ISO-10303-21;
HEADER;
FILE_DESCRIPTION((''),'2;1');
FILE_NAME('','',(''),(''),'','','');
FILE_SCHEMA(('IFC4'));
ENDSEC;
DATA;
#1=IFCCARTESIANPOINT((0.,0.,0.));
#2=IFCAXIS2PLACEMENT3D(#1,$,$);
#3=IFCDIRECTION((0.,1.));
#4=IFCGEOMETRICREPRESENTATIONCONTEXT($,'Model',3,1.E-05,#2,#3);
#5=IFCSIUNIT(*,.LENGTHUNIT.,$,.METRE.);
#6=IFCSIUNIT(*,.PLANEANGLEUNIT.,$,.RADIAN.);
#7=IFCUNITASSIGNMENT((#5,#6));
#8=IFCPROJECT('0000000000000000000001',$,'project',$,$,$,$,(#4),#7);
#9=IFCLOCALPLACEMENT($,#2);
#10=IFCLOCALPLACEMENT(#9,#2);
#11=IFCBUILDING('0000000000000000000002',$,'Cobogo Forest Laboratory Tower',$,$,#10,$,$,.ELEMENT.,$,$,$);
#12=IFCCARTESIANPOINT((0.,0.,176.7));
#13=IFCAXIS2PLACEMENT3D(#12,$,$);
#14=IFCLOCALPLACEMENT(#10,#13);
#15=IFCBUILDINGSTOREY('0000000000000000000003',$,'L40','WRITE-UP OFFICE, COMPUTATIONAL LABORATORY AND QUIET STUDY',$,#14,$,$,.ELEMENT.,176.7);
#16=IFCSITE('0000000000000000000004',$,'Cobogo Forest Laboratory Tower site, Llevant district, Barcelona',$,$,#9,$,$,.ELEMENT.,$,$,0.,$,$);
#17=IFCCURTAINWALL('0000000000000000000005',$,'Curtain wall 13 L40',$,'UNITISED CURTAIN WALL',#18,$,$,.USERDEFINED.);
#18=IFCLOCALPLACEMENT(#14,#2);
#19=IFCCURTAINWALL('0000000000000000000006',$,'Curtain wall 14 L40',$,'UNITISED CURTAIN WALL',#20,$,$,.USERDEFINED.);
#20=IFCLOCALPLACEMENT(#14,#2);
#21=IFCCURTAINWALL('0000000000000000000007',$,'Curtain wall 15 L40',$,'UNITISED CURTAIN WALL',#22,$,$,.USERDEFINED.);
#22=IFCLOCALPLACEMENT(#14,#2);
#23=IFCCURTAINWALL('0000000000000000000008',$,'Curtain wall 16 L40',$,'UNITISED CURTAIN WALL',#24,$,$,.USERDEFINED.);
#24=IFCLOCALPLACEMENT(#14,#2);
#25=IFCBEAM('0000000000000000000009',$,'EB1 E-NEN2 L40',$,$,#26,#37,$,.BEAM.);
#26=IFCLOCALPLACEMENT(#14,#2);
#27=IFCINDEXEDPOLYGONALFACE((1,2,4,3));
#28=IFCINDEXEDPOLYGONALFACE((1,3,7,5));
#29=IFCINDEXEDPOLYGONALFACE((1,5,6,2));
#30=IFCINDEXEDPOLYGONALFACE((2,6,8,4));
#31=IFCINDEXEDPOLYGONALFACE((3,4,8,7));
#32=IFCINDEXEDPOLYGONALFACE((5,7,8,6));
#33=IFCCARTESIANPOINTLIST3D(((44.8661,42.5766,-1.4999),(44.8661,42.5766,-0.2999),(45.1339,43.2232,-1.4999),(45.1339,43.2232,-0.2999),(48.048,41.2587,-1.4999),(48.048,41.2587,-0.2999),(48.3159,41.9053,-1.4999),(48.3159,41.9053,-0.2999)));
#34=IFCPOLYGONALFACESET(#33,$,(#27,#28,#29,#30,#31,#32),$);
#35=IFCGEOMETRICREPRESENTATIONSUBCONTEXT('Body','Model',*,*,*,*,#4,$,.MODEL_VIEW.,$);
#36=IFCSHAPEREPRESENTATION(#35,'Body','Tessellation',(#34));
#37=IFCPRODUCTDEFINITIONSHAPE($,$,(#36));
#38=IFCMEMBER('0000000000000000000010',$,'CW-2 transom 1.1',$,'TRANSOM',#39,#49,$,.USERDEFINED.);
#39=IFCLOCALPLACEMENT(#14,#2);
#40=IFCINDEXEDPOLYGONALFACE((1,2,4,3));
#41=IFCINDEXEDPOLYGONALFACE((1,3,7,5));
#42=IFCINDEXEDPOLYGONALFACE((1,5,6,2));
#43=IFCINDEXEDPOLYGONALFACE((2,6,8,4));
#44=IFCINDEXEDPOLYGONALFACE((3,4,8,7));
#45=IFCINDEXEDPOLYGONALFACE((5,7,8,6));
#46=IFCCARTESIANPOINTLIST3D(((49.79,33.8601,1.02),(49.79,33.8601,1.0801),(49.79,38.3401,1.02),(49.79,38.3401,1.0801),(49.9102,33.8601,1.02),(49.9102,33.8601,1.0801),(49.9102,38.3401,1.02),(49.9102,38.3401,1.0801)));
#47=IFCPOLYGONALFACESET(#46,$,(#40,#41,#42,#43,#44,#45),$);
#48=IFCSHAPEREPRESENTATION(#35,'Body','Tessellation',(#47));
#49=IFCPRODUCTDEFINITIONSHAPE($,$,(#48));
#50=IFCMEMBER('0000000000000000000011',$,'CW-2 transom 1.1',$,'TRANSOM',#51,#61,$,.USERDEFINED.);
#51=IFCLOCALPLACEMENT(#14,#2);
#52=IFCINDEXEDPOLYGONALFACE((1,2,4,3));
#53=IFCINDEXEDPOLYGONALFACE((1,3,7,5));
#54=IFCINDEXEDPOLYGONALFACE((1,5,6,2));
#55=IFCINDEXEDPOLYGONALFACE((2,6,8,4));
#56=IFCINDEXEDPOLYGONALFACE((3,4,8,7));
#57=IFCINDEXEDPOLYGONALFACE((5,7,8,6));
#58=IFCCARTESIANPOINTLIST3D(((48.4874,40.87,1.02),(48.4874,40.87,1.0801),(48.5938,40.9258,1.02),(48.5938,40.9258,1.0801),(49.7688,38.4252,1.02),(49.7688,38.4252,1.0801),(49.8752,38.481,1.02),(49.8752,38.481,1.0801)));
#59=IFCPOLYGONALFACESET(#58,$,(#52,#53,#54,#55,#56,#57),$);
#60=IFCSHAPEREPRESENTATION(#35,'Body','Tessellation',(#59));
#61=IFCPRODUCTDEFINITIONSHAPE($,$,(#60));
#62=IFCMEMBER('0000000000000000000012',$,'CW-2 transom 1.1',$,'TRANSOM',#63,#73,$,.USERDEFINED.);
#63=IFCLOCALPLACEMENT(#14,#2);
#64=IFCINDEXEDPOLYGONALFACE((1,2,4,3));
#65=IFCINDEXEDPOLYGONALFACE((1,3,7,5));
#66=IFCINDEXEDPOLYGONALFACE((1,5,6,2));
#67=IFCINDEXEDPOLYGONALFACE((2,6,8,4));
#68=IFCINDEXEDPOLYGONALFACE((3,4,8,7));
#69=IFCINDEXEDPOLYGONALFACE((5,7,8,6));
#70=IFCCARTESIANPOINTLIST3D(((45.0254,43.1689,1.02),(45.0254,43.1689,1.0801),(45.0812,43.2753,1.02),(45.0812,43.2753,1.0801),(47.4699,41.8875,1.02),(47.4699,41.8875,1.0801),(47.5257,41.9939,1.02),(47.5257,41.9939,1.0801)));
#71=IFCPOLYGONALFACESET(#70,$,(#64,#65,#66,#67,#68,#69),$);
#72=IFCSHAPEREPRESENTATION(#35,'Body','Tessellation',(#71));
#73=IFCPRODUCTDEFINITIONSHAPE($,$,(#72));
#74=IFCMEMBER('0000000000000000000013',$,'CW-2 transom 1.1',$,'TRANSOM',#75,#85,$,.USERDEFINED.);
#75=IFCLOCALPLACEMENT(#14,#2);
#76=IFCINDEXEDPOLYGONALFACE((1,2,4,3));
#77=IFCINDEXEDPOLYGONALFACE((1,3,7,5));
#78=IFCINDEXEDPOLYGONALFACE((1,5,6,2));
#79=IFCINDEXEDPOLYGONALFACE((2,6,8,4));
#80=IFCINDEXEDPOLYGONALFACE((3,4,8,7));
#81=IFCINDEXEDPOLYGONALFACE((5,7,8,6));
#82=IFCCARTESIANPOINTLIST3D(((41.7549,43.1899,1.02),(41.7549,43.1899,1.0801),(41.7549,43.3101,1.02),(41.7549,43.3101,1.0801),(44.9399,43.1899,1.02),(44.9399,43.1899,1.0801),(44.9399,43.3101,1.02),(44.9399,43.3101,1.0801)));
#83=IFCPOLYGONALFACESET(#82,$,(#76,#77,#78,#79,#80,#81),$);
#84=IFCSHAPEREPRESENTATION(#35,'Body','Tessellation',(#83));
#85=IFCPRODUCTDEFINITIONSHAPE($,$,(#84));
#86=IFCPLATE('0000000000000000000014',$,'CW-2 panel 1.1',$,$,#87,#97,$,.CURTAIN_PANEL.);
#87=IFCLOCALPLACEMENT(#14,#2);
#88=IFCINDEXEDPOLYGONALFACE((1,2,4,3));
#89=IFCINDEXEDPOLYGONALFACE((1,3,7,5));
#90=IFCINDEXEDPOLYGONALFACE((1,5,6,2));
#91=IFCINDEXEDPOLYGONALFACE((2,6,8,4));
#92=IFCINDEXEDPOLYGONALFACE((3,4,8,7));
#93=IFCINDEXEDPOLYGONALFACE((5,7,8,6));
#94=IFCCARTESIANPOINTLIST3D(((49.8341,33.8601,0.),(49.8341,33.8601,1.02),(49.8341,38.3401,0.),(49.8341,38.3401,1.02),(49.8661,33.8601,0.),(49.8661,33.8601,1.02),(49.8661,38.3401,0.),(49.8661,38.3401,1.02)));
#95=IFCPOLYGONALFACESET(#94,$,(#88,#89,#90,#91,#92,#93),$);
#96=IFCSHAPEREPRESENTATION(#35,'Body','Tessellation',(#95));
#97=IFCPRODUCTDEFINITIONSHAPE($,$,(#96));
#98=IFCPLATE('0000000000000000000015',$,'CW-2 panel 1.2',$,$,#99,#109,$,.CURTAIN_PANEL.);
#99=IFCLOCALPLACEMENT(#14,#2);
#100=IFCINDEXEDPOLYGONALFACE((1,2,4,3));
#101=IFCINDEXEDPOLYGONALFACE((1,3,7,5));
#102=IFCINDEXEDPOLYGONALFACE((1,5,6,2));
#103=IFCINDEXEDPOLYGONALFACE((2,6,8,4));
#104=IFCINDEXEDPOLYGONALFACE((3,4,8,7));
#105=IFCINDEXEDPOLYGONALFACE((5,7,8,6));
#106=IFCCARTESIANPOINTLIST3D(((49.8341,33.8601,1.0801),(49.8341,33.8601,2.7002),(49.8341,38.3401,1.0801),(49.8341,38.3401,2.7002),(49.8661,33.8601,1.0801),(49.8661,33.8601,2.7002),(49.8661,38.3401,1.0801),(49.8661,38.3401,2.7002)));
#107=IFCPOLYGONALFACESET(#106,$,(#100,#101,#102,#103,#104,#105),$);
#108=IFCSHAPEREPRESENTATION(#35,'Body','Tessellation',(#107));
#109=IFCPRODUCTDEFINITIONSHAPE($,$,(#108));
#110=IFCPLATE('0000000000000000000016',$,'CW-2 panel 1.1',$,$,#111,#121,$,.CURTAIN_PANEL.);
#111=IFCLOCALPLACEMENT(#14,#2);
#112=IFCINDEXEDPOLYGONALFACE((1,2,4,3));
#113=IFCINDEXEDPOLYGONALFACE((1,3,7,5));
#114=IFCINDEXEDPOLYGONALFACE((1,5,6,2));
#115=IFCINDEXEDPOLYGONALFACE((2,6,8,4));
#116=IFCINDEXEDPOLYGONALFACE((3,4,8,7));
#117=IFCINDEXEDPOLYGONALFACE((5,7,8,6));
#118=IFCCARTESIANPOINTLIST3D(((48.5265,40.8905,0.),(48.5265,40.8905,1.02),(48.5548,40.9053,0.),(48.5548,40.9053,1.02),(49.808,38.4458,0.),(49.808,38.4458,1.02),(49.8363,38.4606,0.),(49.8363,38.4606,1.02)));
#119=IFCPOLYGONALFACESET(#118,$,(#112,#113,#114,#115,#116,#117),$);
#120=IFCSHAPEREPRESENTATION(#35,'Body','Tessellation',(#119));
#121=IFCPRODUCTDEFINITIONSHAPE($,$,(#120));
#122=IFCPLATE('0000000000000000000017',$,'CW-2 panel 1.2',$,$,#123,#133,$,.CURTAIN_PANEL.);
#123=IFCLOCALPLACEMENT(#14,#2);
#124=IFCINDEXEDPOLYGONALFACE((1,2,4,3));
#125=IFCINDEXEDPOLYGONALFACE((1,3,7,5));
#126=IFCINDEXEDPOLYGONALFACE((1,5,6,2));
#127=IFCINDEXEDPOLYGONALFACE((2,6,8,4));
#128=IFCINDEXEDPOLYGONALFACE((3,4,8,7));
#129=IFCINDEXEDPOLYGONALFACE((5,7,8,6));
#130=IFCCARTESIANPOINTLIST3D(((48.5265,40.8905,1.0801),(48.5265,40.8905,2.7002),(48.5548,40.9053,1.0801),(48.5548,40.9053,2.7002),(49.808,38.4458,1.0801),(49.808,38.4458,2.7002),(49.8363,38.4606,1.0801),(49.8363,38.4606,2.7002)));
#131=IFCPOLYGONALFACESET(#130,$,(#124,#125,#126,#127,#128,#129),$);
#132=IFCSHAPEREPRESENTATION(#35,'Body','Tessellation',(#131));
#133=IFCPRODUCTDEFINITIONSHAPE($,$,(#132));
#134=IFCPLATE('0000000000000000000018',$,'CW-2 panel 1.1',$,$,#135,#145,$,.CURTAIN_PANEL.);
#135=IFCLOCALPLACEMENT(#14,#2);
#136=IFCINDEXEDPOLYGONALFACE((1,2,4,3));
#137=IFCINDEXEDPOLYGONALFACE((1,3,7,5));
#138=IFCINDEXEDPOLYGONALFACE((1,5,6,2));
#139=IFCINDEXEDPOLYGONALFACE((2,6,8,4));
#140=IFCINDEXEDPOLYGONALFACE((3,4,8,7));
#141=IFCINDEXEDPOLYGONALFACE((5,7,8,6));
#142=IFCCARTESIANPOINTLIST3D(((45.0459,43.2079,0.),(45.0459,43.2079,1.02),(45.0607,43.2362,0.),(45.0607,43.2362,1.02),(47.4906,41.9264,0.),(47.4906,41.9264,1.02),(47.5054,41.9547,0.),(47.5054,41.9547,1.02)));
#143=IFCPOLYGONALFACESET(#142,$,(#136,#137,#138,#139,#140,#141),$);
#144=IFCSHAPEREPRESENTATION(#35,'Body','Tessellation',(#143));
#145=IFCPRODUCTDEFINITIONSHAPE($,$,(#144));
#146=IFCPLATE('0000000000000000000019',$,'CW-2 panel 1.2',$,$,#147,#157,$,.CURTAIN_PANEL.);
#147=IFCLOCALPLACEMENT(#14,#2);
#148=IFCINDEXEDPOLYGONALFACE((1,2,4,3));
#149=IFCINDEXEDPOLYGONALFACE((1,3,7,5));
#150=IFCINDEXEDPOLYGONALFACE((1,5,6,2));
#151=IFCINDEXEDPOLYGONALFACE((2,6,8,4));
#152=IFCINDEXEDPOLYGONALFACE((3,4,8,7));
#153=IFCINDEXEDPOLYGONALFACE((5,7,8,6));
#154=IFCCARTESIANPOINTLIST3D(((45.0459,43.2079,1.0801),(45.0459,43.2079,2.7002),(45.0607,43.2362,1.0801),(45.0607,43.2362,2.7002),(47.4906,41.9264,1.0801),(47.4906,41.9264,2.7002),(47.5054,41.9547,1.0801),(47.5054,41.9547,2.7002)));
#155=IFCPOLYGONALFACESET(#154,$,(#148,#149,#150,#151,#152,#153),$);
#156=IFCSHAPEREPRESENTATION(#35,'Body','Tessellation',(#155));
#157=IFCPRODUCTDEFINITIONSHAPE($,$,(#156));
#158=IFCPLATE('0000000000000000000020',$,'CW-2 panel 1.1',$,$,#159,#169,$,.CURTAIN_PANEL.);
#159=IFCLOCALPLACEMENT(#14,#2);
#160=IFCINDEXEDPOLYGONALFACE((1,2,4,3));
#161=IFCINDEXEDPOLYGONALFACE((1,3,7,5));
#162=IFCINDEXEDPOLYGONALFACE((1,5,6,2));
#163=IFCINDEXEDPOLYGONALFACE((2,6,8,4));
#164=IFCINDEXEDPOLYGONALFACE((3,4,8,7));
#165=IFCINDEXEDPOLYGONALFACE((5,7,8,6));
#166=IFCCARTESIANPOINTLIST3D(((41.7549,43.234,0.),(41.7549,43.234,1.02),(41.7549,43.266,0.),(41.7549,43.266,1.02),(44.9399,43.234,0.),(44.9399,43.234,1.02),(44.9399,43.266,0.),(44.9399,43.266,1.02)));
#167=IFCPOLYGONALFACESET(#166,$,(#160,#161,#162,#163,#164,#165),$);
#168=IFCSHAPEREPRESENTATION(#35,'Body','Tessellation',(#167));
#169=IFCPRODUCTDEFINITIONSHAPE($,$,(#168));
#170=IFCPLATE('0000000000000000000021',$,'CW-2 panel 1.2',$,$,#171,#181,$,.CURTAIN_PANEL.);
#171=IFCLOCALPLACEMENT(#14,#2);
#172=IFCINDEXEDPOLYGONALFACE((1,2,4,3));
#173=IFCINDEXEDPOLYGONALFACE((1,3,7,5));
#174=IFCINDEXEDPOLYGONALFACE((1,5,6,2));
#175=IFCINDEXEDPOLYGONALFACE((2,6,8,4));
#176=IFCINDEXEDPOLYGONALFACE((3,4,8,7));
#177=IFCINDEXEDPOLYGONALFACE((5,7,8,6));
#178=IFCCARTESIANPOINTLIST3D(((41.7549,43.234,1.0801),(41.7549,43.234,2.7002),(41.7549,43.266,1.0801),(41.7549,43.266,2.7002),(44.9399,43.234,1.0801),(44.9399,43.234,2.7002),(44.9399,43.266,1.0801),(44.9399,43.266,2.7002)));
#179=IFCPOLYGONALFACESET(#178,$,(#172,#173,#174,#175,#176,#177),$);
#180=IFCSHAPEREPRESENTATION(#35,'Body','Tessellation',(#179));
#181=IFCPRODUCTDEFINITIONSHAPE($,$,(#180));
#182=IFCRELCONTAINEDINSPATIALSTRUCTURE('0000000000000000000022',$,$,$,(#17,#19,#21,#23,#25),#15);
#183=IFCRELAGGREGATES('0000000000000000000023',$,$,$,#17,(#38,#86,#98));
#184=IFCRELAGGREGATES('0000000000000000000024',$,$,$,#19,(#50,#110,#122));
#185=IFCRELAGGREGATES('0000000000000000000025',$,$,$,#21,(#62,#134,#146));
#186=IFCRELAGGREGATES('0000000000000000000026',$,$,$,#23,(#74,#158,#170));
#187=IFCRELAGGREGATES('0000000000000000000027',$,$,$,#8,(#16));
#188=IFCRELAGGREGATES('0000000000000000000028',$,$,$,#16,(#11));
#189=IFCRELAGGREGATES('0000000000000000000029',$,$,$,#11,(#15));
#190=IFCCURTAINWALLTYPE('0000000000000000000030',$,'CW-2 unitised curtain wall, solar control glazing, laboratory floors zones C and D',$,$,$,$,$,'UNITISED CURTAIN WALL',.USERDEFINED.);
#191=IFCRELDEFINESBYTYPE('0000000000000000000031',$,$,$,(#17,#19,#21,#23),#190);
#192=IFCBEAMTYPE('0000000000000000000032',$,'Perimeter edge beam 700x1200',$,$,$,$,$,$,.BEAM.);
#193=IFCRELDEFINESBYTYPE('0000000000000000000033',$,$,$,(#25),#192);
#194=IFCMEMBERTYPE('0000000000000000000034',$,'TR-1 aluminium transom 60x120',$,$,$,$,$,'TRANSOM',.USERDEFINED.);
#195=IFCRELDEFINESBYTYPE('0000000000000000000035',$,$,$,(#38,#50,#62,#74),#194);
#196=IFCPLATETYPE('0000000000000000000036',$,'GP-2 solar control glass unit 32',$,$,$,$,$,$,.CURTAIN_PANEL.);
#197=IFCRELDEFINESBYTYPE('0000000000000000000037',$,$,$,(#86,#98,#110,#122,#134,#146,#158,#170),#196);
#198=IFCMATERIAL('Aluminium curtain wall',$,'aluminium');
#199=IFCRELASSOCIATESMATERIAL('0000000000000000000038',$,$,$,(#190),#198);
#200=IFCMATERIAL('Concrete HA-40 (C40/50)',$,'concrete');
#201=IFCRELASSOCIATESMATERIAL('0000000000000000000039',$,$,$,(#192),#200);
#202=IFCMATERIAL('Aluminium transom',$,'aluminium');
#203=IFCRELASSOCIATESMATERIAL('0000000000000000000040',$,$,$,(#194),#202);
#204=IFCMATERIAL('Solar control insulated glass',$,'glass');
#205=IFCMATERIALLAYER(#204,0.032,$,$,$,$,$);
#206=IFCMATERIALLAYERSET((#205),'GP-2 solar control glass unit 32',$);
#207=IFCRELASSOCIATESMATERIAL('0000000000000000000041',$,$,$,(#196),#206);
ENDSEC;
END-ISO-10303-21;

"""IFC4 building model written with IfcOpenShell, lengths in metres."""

from ifc_helpers import new_model, si_unit, direction, frame, origin, origin_2d, place, context, subcontext, project, spatial, rectangle, extrude, material, layer, layer_set, material_profile, profile_set, type_object, element, aggregate, save


model = new_model("IFC4")

# Units and contexts
model_context = context("Model", 3, precision=1e-05, world=origin(), true_north=direction((0.0, 1.0)))
body_context = subcontext(model_context, "Body", "Model", "MODEL_VIEW")
ifc_project = project(units=[si_unit("LENGTHUNIT", "METRE"), si_unit("PLANEANGLEUNIT", "RADIAN")], contexts=[model_context])

# Site, building, storey
site_placement = place(None, origin())
site = spatial("IfcSite", under=ifc_project, at=site_placement, Name="Cobogo Forest Laboratory Tower site, Llevant district, Barcelona", CompositionType="ELEMENT", RefElevation=0.0)
building_placement = place(site_placement, origin())
building = spatial("IfcBuilding", under=site, at=building_placement, Name="Cobogo Forest Laboratory Tower", CompositionType="ELEMENT")
storey_placement = place(building_placement, frame((0.0, 0.0, 176.7)))
storey = spatial("IfcBuildingStorey", under=building, at=storey_placement, Name="L40", Description="WRITE-UP OFFICE, COMPUTATIONAL LABORATORY AND QUIET STUDY", CompositionType="ELEMENT", Elevation=176.7)

# Shared definitions
ifc_material_1 = material(Name="Concrete HA-40 (C40/50)", Category="concrete")

# Curtain wall
ifc_material_2 = material(Name="Aluminium curtain wall", Category="aluminium")
curtain_wall_type = type_object("IfcCurtainWallType", Name="CW-2 unitised curtain wall, solar control glazing, laboratory floors zones C and D", ElementType="UNITISED CURTAIN WALL", PredefinedType="USERDEFINED", material=ifc_material_2)
curtain_wall_1_placement = place(storey_placement, origin())
curtain_wall_1 = element("IfcCurtainWall", 1, at=curtain_wall_1_placement, inside=storey, type_object=curtain_wall_type, Name="Curtain wall 13 L40", ObjectType="UNITISED CURTAIN WALL", PredefinedType="USERDEFINED")

# Curtain walls
curtain_wall_2_placement = place(storey_placement, origin())
curtain_wall_2 = element("IfcCurtainWall", 2, at=curtain_wall_2_placement, inside=storey, type_object=curtain_wall_type, Name="Curtain wall 14 L40", ObjectType="UNITISED CURTAIN WALL", PredefinedType="USERDEFINED")
curtain_wall_3_placement = place(storey_placement, origin())
curtain_wall_3 = element("IfcCurtainWall", 3, at=curtain_wall_3_placement, inside=storey, type_object=curtain_wall_type, Name="Curtain wall 15 L40", ObjectType="UNITISED CURTAIN WALL", PredefinedType="USERDEFINED")
curtain_wall_4_placement = place(storey_placement, origin())
curtain_wall_4 = element("IfcCurtainWall", 4, at=curtain_wall_4_placement, inside=storey, type_object=curtain_wall_type, Name="Curtain wall 16 L40", ObjectType="UNITISED CURTAIN WALL", PredefinedType="USERDEFINED")

# Beam
ifc_material_profile_1 = material_profile(ifc_material_1, rectangle(XDim=0.7, YDim=1.2, at=origin_2d()), Name="RC 700x1200")
ifc_profile_set_1 = profile_set([ifc_material_profile_1], Name="Concrete HA-40 (C40/50)")
beam_type_1 = type_object("IfcBeamType", Name="Perimeter edge beam 700x1200", PredefinedType="BEAM", material=ifc_profile_set_1)
beam_1_placement = place(storey_placement, frame((45.0, 42.8999, -0.8999), z_axis=(0.923891, -0.382656, 0.0), x_axis=(0.382656, 0.923891, 0.0)))
element("IfcBeam", 5, at=beam_1_placement, inside=storey, type_object=beam_type_1, Name="EB1 E-NEN2 L40", PredefinedType="BEAM", context=body_context, shape_type="SweptSolid", body=[
    extrude(rectangle(XDim=0.7, YDim=1.2, at=origin_2d()), origin(), (0.0, 0.0, 1.0), 3.4441),
])

# Members
ifc_material_3 = material(Name="Aluminium transom", Category="aluminium")
ifc_material_profile_2 = material_profile(ifc_material_3, rectangle(XDim=0.1201, YDim=0.0601, at=origin_2d()), Name="AL 60x120")
ifc_profile_set_2 = profile_set([ifc_material_profile_2], Name="Aluminium transom")
member_type_1 = type_object("IfcMemberType", Name="TR-1 aluminium transom 60x120", ElementType="TRANSOM", PredefinedType="USERDEFINED", material=ifc_profile_set_2)
member_1_placement = place(storey_placement, frame((49.8501, 33.8601, 1.05), z_axis=(0.0, 1.0, 0.0), x_axis=(-1.0, 0.0, 0.0)))
member_1 = element("IfcMember", 6, at=member_1_placement, type_object=member_type_1, Name="CW-2 transom 1.1", ObjectType="TRANSOM", PredefinedType="USERDEFINED", context=body_context, shape_type="SweptSolid", body=[
    extrude(rectangle(XDim=0.1201, YDim=0.0601, at=origin_2d()), origin(), (0.0, 0.0, 1.0), 4.48),
])
member_2_placement = place(storey_placement, frame((49.822, 38.4531, 1.05), z_axis=(-0.464255, 0.885702, 0.0), x_axis=(-0.885702, -0.464255, 0.0)))
member_2 = element("IfcMember", 7, at=member_2_placement, type_object=member_type_1, Name="CW-2 transom 1.1", ObjectType="TRANSOM", PredefinedType="USERDEFINED", context=body_context, shape_type="SweptSolid", body=[
    extrude(rectangle(XDim=0.1201, YDim=0.0601, at=origin_2d()), origin(), (0.0, 0.0, 1.0), 2.7603),
])
member_3_placement = place(storey_placement, frame((47.4978, 41.9407, 1.05), z_axis=(-0.885683, 0.464291, 0.0), x_axis=(-0.464291, -0.885683, 0.0)))
member_3 = element("IfcMember", 8, at=member_3_placement, type_object=member_type_1, Name="CW-2 transom 1.1", ObjectType="TRANSOM", PredefinedType="USERDEFINED", context=body_context, shape_type="SweptSolid", body=[
    extrude(rectangle(XDim=0.1201, YDim=0.0601, at=origin_2d()), origin(), (0.0, 0.0, 1.0), 2.76),
])
member_4_placement = place(storey_placement, frame((44.9399, 43.25, 1.05), z_axis=(-1.0, 0.0, 0.0), x_axis=(0.0, -1.0, 0.0)))
member_4 = element("IfcMember", 9, at=member_4_placement, type_object=member_type_1, Name="CW-2 transom 1.1", ObjectType="TRANSOM", PredefinedType="USERDEFINED", context=body_context, shape_type="SweptSolid", body=[
    extrude(rectangle(XDim=0.1201, YDim=0.0601, at=origin_2d()), origin(), (0.0, 0.0, 1.0), 3.1851),
])

# Plates
ifc_material_4 = material(Name="Solar control insulated glass", Category="glass")
ifc_layer = layer(ifc_material_4, 0.032)
ifc_layer_set = layer_set([ifc_layer], Name="GP-2 solar control glass unit 32")
plate_type = type_object("IfcPlateType", Name="GP-2 solar control glass unit 32", PredefinedType="CURTAIN_PANEL", material=ifc_layer_set)
plate_1_placement = place(storey_placement, frame((49.8501, 36.1001, 0.0), z_axis=(0.0, 0.0, 1.0), x_axis=(0.0, 1.0, 0.0)))
plate_1 = element("IfcPlate", 10, at=plate_1_placement, type_object=plate_type, Name="CW-2 panel 1.1", PredefinedType="CURTAIN_PANEL", context=body_context, shape_type="SweptSolid", body=[
    extrude(rectangle(XDim=4.48, YDim=0.032, at=origin_2d()), origin(), (0.0, 0.0, 1.0), 1.02),
])
plate_2_placement = place(storey_placement, frame((49.8501, 36.1001, 1.0801), z_axis=(0.0, 0.0, 1.0), x_axis=(0.0, 1.0, 0.0)))
plate_2 = element("IfcPlate", 11, at=plate_2_placement, type_object=plate_type, Name="CW-2 panel 1.2", PredefinedType="CURTAIN_PANEL", context=body_context, shape_type="SweptSolid", body=[
    extrude(rectangle(XDim=4.48, YDim=0.032, at=origin_2d()), origin(), (0.0, 0.0, 1.0), 1.6201),
])
aggregate(curtain_wall_1, [member_1, plate_1, plate_2])
plate_3_placement = place(storey_placement, frame((49.1814, 39.6755, 0.0), z_axis=(0.0, 0.0, 1.0), x_axis=(-0.464284, 0.885686, 0.0)))
plate_3 = element("IfcPlate", 12, at=plate_3_placement, type_object=plate_type, Name="CW-2 panel 1.1", PredefinedType="CURTAIN_PANEL", context=body_context, shape_type="SweptSolid", body=[
    extrude(rectangle(XDim=2.7603, YDim=0.032, at=origin_2d()), origin(), (0.0, 0.0, 1.0), 1.02),
])
plate_4_placement = place(storey_placement, frame((49.1814, 39.6755, 1.0801), z_axis=(0.0, 0.0, 1.0), x_axis=(-0.464284, 0.885686, 0.0)))
plate_4 = element("IfcPlate", 13, at=plate_4_placement, type_object=plate_type, Name="CW-2 panel 1.2", PredefinedType="CURTAIN_PANEL", context=body_context, shape_type="SweptSolid", body=[
    extrude(rectangle(XDim=2.7603, YDim=0.032, at=origin_2d()), origin(), (0.0, 0.0, 1.0), 1.6201),
])
aggregate(curtain_wall_2, [member_2, plate_3, plate_4])
plate_5_placement = place(storey_placement, frame((46.2756, 42.5813, 0.0), z_axis=(0.0, 0.0, 1.0), x_axis=(-0.885686, 0.464284, 0.0)))
plate_5 = element("IfcPlate", 14, at=plate_5_placement, type_object=plate_type, Name="CW-2 panel 1.1", PredefinedType="CURTAIN_PANEL", context=body_context, shape_type="SweptSolid", body=[
    extrude(rectangle(XDim=2.7603, YDim=0.032, at=origin_2d()), origin(), (0.0, 0.0, 1.0), 1.02),
])
plate_6_placement = place(storey_placement, frame((46.2756, 42.5813, 1.0801), z_axis=(0.0, 0.0, 1.0), x_axis=(-0.885686, 0.464284, 0.0)))
plate_6 = element("IfcPlate", 15, at=plate_6_placement, type_object=plate_type, Name="CW-2 panel 1.2", PredefinedType="CURTAIN_PANEL", context=body_context, shape_type="SweptSolid", body=[
    extrude(rectangle(XDim=2.7603, YDim=0.032, at=origin_2d()), origin(), (0.0, 0.0, 1.0), 1.6201),
])
aggregate(curtain_wall_3, [member_3, plate_5, plate_6])
plate_7_placement = place(storey_placement, frame((43.3474, 43.25, 0.0), z_axis=(0.0, 0.0, 1.0), x_axis=(-1.0, 0.0, 0.0)))
plate_7 = element("IfcPlate", 16, at=plate_7_placement, type_object=plate_type, Name="CW-2 panel 1.1", PredefinedType="CURTAIN_PANEL", context=body_context, shape_type="SweptSolid", body=[
    extrude(rectangle(XDim=3.1851, YDim=0.032, at=origin_2d()), origin(), (0.0, 0.0, 1.0), 1.02),
])
plate_8_placement = place(storey_placement, frame((43.3474, 43.25, 1.0801), z_axis=(0.0, 0.0, 1.0), x_axis=(-1.0, 0.0, 0.0)))
plate_8 = element("IfcPlate", 17, at=plate_8_placement, type_object=plate_type, Name="CW-2 panel 1.2", PredefinedType="CURTAIN_PANEL", context=body_context, shape_type="SweptSolid", body=[
    extrude(rectangle(XDim=3.1851, YDim=0.032, at=origin_2d()), origin(), (0.0, 0.0, 1.0), 1.6201),
])
aggregate(curtain_wall_4, [member_4, plate_7, plate_8])

save(model, "model.ifc")
